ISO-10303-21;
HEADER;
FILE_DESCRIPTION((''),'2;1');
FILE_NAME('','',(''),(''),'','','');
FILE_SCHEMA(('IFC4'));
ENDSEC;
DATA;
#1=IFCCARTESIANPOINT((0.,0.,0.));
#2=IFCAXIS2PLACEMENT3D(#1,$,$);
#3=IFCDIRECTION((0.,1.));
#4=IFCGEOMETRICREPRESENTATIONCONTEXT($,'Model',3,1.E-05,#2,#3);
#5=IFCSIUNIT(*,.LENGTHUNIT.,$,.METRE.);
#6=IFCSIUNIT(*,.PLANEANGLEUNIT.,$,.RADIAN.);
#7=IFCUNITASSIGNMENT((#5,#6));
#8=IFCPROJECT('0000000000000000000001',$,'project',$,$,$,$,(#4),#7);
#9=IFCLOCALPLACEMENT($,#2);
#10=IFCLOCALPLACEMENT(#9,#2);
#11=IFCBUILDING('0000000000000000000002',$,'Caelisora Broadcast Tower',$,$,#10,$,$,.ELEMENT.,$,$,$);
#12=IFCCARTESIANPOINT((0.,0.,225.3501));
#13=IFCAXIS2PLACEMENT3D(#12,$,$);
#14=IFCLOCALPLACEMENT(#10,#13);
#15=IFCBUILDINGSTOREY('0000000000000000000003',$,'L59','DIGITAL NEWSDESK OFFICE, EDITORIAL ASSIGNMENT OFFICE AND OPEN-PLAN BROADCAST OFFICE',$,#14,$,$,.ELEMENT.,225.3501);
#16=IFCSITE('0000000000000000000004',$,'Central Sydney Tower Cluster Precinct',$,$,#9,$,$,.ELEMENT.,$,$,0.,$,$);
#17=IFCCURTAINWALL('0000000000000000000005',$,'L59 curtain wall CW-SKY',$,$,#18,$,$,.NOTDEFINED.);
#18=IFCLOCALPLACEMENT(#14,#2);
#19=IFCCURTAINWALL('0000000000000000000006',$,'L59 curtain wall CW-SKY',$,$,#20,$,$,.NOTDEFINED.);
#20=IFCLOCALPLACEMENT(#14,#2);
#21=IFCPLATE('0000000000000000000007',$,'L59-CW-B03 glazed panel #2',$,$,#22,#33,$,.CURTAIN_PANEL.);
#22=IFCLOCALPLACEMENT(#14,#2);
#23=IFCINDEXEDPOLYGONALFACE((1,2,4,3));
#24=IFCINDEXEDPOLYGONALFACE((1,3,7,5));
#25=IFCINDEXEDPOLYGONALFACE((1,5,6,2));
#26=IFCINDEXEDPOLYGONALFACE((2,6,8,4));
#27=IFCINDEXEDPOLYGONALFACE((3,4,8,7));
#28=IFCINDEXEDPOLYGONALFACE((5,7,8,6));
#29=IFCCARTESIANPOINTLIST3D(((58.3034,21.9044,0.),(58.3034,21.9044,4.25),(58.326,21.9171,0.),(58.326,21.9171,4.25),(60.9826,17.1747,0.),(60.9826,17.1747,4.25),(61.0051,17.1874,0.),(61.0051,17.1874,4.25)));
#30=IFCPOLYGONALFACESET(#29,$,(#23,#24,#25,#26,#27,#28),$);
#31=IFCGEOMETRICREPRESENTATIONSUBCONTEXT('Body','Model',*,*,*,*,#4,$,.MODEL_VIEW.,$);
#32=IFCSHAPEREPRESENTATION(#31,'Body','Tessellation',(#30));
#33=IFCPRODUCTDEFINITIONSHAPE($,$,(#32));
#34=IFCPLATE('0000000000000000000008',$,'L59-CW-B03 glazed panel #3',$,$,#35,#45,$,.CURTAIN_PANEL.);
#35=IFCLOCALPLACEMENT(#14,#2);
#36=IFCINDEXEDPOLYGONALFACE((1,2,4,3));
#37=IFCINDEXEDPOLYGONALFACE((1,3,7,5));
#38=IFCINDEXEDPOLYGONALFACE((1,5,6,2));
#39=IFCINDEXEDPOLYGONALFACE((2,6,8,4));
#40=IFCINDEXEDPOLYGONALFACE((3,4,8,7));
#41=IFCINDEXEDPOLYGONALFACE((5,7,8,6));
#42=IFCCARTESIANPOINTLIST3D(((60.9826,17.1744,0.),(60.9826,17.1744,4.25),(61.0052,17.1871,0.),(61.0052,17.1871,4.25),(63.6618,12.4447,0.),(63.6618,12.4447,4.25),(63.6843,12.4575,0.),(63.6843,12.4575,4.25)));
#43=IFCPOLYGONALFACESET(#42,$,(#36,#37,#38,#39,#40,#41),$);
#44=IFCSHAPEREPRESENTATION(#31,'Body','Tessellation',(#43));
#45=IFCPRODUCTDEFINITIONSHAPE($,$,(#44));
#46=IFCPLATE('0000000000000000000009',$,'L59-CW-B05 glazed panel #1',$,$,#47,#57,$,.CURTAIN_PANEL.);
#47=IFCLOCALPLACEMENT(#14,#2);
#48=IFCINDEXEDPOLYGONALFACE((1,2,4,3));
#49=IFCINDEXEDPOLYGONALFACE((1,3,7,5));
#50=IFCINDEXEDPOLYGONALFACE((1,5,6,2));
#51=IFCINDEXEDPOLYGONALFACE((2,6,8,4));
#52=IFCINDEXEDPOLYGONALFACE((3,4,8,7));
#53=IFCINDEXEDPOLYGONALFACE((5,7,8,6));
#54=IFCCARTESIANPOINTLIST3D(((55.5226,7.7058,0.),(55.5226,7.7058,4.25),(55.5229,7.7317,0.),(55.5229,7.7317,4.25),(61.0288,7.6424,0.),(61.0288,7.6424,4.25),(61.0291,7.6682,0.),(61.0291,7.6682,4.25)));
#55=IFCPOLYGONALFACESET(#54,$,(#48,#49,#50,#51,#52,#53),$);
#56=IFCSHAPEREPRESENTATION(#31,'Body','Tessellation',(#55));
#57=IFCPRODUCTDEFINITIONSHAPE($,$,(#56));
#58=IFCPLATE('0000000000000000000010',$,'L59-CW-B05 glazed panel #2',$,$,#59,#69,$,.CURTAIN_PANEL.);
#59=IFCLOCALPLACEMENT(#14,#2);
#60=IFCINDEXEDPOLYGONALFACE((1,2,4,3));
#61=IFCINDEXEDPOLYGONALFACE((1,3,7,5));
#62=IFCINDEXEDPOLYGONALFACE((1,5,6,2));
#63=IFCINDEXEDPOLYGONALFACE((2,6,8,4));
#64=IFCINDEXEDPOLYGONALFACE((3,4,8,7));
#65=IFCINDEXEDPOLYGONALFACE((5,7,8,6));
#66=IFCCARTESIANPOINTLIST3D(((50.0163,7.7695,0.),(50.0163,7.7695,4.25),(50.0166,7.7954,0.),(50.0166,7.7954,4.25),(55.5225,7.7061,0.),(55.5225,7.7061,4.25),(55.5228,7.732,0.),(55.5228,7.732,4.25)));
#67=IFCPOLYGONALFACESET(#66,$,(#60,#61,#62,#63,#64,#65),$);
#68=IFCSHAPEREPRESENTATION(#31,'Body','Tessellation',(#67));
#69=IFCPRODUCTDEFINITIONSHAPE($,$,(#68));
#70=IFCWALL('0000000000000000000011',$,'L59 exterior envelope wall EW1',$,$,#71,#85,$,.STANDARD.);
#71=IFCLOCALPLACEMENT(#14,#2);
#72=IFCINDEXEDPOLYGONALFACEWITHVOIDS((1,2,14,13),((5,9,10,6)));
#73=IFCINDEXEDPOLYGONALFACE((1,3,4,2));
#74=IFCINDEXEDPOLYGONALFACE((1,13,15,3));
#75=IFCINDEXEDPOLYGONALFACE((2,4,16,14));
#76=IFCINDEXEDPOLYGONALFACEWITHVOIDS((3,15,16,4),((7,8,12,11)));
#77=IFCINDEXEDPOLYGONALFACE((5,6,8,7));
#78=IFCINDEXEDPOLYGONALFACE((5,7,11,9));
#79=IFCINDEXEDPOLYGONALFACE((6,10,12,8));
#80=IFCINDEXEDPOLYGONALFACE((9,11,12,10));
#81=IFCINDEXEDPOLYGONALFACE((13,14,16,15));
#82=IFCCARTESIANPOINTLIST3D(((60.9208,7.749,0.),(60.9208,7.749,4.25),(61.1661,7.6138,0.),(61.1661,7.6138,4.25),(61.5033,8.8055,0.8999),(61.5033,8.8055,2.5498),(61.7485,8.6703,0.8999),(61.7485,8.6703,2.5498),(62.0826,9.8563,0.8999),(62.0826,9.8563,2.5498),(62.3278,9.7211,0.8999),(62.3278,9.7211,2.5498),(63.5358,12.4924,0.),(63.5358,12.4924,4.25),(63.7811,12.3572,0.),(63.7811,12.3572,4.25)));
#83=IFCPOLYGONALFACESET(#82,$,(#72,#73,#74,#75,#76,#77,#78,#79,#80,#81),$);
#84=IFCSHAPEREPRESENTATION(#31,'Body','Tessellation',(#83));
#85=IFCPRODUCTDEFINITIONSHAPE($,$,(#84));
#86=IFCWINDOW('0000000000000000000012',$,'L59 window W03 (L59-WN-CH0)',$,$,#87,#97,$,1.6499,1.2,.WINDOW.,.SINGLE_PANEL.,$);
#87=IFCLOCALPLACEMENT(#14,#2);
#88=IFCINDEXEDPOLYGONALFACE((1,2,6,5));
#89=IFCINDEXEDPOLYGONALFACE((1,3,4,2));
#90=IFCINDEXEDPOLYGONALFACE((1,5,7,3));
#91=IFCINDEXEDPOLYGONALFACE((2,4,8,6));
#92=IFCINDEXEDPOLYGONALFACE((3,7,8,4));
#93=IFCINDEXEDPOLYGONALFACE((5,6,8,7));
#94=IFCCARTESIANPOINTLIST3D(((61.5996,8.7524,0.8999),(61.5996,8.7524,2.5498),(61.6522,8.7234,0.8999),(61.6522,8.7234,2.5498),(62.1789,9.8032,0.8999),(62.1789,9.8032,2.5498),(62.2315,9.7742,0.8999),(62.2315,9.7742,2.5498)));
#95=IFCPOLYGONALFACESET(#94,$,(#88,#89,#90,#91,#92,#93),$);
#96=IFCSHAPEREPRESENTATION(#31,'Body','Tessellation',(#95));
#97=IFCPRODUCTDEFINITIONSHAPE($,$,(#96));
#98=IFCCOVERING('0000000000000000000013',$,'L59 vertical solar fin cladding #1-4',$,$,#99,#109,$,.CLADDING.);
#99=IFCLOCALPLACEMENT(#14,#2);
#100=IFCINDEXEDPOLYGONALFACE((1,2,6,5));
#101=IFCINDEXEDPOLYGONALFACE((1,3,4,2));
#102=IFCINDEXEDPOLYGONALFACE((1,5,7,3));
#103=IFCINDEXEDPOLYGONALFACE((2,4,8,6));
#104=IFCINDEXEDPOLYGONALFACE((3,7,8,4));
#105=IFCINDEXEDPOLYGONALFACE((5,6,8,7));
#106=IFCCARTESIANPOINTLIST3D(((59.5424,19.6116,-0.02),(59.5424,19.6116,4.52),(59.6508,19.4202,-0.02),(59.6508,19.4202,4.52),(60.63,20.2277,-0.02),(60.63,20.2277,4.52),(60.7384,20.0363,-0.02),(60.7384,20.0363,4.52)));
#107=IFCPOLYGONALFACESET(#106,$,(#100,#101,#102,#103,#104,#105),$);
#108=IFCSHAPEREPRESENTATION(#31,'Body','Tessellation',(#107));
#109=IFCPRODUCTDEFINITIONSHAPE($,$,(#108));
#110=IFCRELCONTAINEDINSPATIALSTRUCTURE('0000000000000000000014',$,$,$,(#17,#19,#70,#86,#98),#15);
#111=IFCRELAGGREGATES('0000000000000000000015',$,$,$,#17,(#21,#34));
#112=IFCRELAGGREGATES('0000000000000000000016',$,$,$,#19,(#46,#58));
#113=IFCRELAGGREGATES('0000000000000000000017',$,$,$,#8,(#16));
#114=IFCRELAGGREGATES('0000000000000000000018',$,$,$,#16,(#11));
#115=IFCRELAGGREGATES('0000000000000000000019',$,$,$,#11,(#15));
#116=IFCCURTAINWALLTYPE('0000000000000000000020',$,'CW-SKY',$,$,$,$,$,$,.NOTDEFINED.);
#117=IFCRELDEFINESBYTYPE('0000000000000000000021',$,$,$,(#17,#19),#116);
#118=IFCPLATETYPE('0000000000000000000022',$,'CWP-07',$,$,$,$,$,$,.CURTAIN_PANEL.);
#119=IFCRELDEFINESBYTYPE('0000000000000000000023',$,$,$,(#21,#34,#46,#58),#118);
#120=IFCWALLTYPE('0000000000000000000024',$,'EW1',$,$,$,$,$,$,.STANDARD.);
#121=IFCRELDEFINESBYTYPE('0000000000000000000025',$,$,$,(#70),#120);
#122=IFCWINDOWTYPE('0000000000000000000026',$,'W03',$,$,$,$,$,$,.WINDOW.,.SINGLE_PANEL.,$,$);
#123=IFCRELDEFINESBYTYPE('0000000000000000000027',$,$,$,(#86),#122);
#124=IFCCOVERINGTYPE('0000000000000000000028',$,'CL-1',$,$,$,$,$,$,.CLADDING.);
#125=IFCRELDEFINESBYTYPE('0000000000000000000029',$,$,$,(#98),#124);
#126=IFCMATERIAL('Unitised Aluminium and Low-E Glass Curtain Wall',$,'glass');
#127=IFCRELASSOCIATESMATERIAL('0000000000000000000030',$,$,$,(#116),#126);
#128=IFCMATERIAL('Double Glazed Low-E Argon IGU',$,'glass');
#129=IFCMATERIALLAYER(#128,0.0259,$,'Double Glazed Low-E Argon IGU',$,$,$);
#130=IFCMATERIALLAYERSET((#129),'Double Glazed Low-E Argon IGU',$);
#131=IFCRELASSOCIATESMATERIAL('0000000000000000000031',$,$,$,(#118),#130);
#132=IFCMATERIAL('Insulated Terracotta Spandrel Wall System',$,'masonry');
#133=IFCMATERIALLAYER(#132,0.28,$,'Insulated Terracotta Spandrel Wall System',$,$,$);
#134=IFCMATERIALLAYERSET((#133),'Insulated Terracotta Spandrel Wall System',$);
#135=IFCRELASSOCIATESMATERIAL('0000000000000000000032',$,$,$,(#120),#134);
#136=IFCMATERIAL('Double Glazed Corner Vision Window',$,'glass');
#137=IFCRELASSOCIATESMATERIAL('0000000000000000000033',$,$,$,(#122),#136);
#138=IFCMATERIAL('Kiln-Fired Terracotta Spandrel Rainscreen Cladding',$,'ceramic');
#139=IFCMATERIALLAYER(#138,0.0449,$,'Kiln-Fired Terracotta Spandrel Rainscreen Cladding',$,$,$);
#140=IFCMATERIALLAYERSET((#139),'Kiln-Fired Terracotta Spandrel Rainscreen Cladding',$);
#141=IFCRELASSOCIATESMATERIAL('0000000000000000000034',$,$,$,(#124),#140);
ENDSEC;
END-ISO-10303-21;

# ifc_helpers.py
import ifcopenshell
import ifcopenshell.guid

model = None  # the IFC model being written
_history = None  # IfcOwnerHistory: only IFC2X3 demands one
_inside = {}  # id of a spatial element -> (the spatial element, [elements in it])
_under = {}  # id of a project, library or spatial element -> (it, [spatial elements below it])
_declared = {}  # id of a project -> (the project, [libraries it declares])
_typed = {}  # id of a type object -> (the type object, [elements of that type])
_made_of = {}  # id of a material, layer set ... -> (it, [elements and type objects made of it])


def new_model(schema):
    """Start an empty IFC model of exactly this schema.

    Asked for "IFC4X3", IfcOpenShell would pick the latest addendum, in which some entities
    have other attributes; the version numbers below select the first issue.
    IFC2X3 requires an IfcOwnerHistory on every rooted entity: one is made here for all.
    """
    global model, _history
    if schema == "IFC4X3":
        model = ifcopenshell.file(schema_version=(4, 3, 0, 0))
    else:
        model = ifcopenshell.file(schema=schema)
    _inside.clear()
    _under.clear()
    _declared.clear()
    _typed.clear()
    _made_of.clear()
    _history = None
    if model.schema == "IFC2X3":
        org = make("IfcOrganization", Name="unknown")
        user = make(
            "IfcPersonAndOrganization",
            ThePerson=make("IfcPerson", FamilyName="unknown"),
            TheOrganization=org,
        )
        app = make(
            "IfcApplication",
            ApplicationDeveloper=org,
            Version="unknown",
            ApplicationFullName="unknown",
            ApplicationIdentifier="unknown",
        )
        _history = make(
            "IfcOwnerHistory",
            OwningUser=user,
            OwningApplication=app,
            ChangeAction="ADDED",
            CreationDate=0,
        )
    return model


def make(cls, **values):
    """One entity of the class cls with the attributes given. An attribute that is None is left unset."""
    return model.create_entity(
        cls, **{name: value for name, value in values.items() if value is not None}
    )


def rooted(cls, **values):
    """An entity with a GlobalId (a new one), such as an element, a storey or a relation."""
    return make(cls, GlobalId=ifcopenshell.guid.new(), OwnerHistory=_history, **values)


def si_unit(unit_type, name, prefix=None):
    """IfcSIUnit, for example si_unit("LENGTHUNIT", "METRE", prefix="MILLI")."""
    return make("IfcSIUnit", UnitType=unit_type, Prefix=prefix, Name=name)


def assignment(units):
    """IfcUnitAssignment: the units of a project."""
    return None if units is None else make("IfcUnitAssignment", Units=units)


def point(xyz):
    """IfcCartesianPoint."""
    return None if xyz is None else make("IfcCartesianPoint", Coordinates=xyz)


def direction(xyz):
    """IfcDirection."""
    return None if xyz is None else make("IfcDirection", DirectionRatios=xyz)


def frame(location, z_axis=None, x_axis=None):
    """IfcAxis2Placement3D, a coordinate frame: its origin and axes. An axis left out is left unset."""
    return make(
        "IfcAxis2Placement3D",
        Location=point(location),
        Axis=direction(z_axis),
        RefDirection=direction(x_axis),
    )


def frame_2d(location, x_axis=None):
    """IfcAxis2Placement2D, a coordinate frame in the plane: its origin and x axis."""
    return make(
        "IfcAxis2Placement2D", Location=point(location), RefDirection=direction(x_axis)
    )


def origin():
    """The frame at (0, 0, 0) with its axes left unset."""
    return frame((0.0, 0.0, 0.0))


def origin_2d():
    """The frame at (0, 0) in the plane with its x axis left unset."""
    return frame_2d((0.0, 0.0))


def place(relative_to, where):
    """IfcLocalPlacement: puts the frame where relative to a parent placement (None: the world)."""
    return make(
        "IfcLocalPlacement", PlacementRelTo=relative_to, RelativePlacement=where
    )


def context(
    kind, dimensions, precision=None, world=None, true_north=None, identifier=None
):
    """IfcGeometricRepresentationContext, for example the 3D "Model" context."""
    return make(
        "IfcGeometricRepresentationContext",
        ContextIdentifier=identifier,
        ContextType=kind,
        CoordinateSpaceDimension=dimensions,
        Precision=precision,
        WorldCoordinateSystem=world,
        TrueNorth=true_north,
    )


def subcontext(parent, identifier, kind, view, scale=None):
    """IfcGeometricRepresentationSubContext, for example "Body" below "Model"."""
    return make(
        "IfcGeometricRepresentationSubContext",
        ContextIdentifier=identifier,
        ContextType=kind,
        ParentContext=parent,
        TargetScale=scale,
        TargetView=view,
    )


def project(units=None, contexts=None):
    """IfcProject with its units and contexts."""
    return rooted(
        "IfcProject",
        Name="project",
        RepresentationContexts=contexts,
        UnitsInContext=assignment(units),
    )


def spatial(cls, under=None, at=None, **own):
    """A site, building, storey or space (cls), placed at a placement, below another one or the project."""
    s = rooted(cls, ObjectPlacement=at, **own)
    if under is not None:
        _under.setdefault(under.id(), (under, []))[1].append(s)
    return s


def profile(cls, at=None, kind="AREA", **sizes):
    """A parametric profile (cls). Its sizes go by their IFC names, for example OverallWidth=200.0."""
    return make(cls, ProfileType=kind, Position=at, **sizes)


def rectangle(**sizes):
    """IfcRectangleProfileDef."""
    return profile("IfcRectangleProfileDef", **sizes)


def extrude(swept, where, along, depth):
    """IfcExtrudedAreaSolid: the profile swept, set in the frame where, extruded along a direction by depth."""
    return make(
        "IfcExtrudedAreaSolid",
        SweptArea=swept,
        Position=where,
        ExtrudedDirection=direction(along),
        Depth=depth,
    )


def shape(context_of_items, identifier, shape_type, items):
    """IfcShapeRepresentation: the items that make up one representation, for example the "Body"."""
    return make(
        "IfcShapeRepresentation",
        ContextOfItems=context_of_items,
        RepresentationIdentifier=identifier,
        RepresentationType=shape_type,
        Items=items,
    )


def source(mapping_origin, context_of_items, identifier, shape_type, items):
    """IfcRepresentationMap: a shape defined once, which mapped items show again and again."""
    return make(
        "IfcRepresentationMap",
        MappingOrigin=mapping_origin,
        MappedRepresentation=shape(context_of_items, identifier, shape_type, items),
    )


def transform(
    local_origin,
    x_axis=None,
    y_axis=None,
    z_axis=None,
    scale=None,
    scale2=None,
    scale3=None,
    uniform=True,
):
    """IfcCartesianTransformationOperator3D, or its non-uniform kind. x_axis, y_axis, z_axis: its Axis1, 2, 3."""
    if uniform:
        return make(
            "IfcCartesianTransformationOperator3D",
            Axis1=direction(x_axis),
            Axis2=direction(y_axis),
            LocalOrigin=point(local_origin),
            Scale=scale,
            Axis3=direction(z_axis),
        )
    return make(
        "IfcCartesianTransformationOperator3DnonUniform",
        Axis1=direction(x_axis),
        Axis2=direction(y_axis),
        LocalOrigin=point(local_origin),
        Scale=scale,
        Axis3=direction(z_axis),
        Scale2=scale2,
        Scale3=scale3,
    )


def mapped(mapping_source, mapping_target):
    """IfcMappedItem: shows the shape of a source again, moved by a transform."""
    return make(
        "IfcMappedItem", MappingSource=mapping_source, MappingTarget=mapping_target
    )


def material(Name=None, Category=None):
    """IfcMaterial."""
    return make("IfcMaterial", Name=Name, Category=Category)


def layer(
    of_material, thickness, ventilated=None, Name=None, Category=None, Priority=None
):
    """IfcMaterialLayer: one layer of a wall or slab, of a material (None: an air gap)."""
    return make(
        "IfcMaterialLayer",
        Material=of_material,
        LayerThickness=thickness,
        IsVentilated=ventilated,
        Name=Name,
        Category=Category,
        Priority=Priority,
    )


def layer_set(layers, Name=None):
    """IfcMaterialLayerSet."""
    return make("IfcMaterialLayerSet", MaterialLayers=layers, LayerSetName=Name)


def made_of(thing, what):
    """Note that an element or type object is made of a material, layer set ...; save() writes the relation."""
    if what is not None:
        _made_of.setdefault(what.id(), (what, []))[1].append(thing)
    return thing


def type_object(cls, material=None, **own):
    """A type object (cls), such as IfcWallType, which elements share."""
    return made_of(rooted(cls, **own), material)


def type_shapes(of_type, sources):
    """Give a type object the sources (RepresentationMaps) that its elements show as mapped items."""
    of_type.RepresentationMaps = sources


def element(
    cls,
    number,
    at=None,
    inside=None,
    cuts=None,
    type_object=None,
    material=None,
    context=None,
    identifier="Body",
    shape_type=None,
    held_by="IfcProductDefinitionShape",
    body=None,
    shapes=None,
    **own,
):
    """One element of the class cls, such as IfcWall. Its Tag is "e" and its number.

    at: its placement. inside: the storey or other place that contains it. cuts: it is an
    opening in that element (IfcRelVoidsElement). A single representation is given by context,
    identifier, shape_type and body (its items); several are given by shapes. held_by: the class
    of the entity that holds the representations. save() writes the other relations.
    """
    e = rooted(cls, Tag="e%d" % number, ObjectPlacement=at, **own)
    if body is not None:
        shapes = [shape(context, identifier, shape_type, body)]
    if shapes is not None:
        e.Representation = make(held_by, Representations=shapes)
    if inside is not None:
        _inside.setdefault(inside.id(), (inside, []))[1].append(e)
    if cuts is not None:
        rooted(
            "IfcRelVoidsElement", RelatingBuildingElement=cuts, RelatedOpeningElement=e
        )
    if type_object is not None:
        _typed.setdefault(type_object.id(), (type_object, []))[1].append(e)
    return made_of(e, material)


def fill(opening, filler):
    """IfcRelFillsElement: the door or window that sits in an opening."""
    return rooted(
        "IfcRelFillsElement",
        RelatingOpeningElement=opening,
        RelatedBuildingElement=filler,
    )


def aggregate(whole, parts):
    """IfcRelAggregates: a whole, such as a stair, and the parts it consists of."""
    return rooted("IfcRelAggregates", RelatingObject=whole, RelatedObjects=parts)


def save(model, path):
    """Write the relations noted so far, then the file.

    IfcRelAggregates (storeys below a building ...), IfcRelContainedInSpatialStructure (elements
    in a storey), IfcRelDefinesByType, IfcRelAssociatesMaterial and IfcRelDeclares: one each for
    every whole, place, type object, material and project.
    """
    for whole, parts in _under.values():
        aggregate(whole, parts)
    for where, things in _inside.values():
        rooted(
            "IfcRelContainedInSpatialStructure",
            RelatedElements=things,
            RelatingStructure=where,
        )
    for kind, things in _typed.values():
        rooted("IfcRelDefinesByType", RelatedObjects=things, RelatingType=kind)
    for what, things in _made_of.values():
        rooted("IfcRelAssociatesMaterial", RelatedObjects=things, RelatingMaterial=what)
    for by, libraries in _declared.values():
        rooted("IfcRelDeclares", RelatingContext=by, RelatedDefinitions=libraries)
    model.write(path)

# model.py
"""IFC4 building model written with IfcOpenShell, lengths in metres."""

from ifc_helpers import new_model, si_unit, direction, frame, frame_2d, origin, origin_2d, place, context, subcontext, project, spatial, rectangle, extrude, source, transform, mapped, material, layer, layer_set, type_object, type_shapes, element, fill, aggregate, save


model = new_model("IFC4")

# Units and contexts
model_context = context("Model", 3, precision=1e-05, world=origin(), true_north=direction((0.0, 1.0)))
body_context = subcontext(model_context, "Body", "Model", "MODEL_VIEW")
ifc_project = project(units=[si_unit("LENGTHUNIT", "METRE"), si_unit("PLANEANGLEUNIT", "RADIAN")], contexts=[model_context])

# Site, building, storey
site_placement = place(None, origin())
site = spatial("IfcSite", under=ifc_project, at=site_placement, Name="Central Sydney Tower Cluster Precinct", CompositionType="ELEMENT", RefElevation=0.0)
building_placement = place(site_placement, origin())
building = spatial("IfcBuilding", under=site, at=building_placement, Name="Caelisora Broadcast Tower", CompositionType="ELEMENT")
storey_placement = place(building_placement, frame((0.0, 0.0, 225.3501)))
storey = spatial("IfcBuildingStorey", under=building, at=storey_placement, Name="L59", Description="DIGITAL NEWSDESK OFFICE, EDITORIAL ASSIGNMENT OFFICE AND OPEN-PLAN BROADCAST OFFICE", CompositionType="ELEMENT", Elevation=225.3501)

# Curtain walls
ifc_material_1 = material(Name="Unitised Aluminium and Low-E Glass Curtain Wall", Category="glass")
curtain_wall_type = type_object("IfcCurtainWallType", Name="CW-SKY", PredefinedType="NOTDEFINED", material=ifc_material_1)
curtain_wall_1_placement = place(storey_placement, origin())
curtain_wall_1 = element("IfcCurtainWall", 1, at=curtain_wall_1_placement, inside=storey, type_object=curtain_wall_type, Name="L59 curtain wall CW-SKY", PredefinedType="NOTDEFINED")
curtain_wall_2_placement = place(storey_placement, origin())
curtain_wall_2 = element("IfcCurtainWall", 2, at=curtain_wall_2_placement, inside=storey, type_object=curtain_wall_type, Name="L59 curtain wall CW-SKY", PredefinedType="NOTDEFINED")

# Plates
ifc_material_2 = material(Name="Double Glazed Low-E Argon IGU", Category="glass")
ifc_layer_1 = layer(ifc_material_2, 0.0259, Name="Double Glazed Low-E Argon IGU")
ifc_layer_set_1 = layer_set([ifc_layer_1], Name="Double Glazed Low-E Argon IGU")
plate_type_1 = type_object("IfcPlateType", Name="CWP-07", PredefinedType="CURTAIN_PANEL", material=ifc_layer_set_1)
shared_shape_1 = source(origin(), body_context, "Body", "SweptSolid", [
    extrude(rectangle(XDim=5.4358, YDim=0.0259, at=origin_2d()), origin(), (0.0, 0.0, 1.0), 4.25),
])
plate_1_placement = place(storey_placement, frame((59.6543, 19.5459, 0.0), z_axis=(0.0, 0.0, 1.0), x_axis=(0.492879, -0.870098, 0.0)))
plate_1 = element("IfcPlate", 3, at=plate_1_placement, type_object=plate_type_1, Name="L59-CW-B03 glazed panel #2", PredefinedType="CURTAIN_PANEL", context=body_context, shape_type="MappedRepresentation", body=[
    mapped(shared_shape_1, transform((0.0, 0.0, 0.0), scale=1.0)),
])
plate_2_placement = place(storey_placement, frame((62.3335, 14.8159, 0.0), z_axis=(0.0, 0.0, 1.0), x_axis=(0.492879, -0.870098, 0.0)))
plate_2 = element("IfcPlate", 4, at=plate_2_placement, type_object=plate_type_1, Name="L59-CW-B03 glazed panel #3", PredefinedType="CURTAIN_PANEL", context=body_context, shape_type="MappedRepresentation", body=[
    mapped(shared_shape_1, transform((0.0, 0.0, 0.0), scale=1.0)),
])
aggregate(curtain_wall_1, [plate_1, plate_2])
shared_shape_2 = source(origin(), body_context, "Body", "SweptSolid", [
    extrude(rectangle(XDim=5.5066, YDim=0.0259, at=origin_2d()), origin(), (0.0, 0.0, 1.0), 4.25),
])
type_shapes(plate_type_1, [shared_shape_1, shared_shape_2])
plate_3_placement = place(storey_placement, frame((58.2759, 7.687, 0.0), z_axis=(0.0, 0.0, 1.0), x_axis=(-0.999934, 0.011519, 0.0)))
plate_3 = element("IfcPlate", 5, at=plate_3_placement, type_object=plate_type_1, Name="L59-CW-B05 glazed panel #1", PredefinedType="CURTAIN_PANEL", context=body_context, shape_type="MappedRepresentation", body=[
    mapped(shared_shape_2, transform((0.0, 0.0, 0.0), scale=1.0)),
])
plate_4_placement = place(storey_placement, frame((52.7695, 7.7507, 0.0), z_axis=(0.0, 0.0, 1.0), x_axis=(-0.999934, 0.011519, 0.0)))
plate_4 = element("IfcPlate", 6, at=plate_4_placement, type_object=plate_type_1, Name="L59-CW-B05 glazed panel #2", PredefinedType="CURTAIN_PANEL", context=body_context, shape_type="MappedRepresentation", body=[
    mapped(shared_shape_2, transform((0.0, 0.0, 0.0), scale=1.0)),
])
aggregate(curtain_wall_2, [plate_3, plate_4])

# Wall, opening, window
ifc_material_3 = material(Name="Insulated Terracotta Spandrel Wall System", Category="masonry")
ifc_layer_2 = layer(ifc_material_3, 0.28, Name="Insulated Terracotta Spandrel Wall System")
ifc_layer_set_2 = layer_set([ifc_layer_2], Name="Insulated Terracotta Spandrel Wall System")
wall_type = type_object("IfcWallType", Name="EW1", PredefinedType="STANDARD", material=ifc_layer_set_2)
wall_placement = place(storey_placement, frame((63.6584, 12.4248, 0.0), z_axis=(0.0, 0.0, 1.0), x_axis=(-0.482785, -0.875739, 0.0)))
wall = element("IfcWall", 7, at=wall_placement, inside=storey, type_object=wall_type, Name="L59 exterior envelope wall EW1", PredefinedType="STANDARD", context=body_context, shape_type="SweptSolid", body=[
    extrude(rectangle(XDim=5.4165, YDim=0.28, at=frame_2d((2.7083, 0.0))), origin(), (0.0, 0.0, 1.0), 4.25),
])
opening_placement = place(wall_placement, frame((3.01, 0.0, 0.8999)))
opening = element("IfcOpeningElement", 8, at=opening_placement, cuts=wall, PredefinedType="OPENING", context=body_context, shape_type="SweptSolid", body=[
    extrude(rectangle(XDim=1.2, YDim=1.6499, at=frame_2d((0.6001, 0.825))), frame((0.0, 0.1521, 0.0), z_axis=(0.0, -1.0, 0.0), x_axis=(1.0, 0.0, 0.0)), (0.0, 0.0, 1.0), 0.304),
])
ifc_material_4 = material(Name="Double Glazed Corner Vision Window", Category="glass")
window_type = type_object("IfcWindowType", Name="W03", PartitioningType="SINGLE_PANEL", PredefinedType="WINDOW", material=ifc_material_4)
window_placement = place(opening_placement, origin())
window = element("IfcWindow", 9, at=window_placement, inside=storey, type_object=window_type, Name="L59 window W03 (L59-WN-CH0)", OverallHeight=1.6499, OverallWidth=1.2, PartitioningType="SINGLE_PANEL", PredefinedType="WINDOW", context=body_context, shape_type="SweptSolid", body=[
    extrude(rectangle(XDim=1.2, YDim=1.6499, at=frame_2d((0.6001, 0.825))), frame((0.0, 0.03, 0.0), z_axis=(0.0, -1.0, 0.0), x_axis=(1.0, 0.0, 0.0)), (0.0, 0.0, 1.0), 0.0601),
])
fill(opening, window)

# Covering
ifc_material_5 = material(Name="Kiln-Fired Terracotta Spandrel Rainscreen Cladding", Category="ceramic")
ifc_layer_3 = layer(ifc_material_5, 0.0449, Name="Kiln-Fired Terracotta Spandrel Rainscreen Cladding")
ifc_layer_set_3 = layer_set([ifc_layer_3], Name="Kiln-Fired Terracotta Spandrel Rainscreen Cladding")
covering_type = type_object("IfcCoveringType", Name="CL-1", PredefinedType="CLADDING", material=ifc_layer_set_3)
shared_shape_3 = source(origin(), body_context, "Body", "SweptSolid", [
    extrude(rectangle(XDim=0.22, YDim=1.25, at=origin_2d()), origin(), (0.0, 0.0, 1.0), 4.54),
])
type_shapes(covering_type, [shared_shape_3])
covering_placement = place(storey_placement, frame((60.1404, 19.824, -0.02), z_axis=(0.0, 0.0, 1.0), x_axis=(0.492879, -0.870098, 0.0)))
element("IfcCovering", 10, at=covering_placement, inside=storey, type_object=covering_type, Name="L59 vertical solar fin cladding #1-4", PredefinedType="CLADDING", context=body_context, shape_type="MappedRepresentation", body=[
    mapped(shared_shape_3, transform((0.0, 0.0, 0.0), scale=1.0)),
])

save(model, "model.ifc")
